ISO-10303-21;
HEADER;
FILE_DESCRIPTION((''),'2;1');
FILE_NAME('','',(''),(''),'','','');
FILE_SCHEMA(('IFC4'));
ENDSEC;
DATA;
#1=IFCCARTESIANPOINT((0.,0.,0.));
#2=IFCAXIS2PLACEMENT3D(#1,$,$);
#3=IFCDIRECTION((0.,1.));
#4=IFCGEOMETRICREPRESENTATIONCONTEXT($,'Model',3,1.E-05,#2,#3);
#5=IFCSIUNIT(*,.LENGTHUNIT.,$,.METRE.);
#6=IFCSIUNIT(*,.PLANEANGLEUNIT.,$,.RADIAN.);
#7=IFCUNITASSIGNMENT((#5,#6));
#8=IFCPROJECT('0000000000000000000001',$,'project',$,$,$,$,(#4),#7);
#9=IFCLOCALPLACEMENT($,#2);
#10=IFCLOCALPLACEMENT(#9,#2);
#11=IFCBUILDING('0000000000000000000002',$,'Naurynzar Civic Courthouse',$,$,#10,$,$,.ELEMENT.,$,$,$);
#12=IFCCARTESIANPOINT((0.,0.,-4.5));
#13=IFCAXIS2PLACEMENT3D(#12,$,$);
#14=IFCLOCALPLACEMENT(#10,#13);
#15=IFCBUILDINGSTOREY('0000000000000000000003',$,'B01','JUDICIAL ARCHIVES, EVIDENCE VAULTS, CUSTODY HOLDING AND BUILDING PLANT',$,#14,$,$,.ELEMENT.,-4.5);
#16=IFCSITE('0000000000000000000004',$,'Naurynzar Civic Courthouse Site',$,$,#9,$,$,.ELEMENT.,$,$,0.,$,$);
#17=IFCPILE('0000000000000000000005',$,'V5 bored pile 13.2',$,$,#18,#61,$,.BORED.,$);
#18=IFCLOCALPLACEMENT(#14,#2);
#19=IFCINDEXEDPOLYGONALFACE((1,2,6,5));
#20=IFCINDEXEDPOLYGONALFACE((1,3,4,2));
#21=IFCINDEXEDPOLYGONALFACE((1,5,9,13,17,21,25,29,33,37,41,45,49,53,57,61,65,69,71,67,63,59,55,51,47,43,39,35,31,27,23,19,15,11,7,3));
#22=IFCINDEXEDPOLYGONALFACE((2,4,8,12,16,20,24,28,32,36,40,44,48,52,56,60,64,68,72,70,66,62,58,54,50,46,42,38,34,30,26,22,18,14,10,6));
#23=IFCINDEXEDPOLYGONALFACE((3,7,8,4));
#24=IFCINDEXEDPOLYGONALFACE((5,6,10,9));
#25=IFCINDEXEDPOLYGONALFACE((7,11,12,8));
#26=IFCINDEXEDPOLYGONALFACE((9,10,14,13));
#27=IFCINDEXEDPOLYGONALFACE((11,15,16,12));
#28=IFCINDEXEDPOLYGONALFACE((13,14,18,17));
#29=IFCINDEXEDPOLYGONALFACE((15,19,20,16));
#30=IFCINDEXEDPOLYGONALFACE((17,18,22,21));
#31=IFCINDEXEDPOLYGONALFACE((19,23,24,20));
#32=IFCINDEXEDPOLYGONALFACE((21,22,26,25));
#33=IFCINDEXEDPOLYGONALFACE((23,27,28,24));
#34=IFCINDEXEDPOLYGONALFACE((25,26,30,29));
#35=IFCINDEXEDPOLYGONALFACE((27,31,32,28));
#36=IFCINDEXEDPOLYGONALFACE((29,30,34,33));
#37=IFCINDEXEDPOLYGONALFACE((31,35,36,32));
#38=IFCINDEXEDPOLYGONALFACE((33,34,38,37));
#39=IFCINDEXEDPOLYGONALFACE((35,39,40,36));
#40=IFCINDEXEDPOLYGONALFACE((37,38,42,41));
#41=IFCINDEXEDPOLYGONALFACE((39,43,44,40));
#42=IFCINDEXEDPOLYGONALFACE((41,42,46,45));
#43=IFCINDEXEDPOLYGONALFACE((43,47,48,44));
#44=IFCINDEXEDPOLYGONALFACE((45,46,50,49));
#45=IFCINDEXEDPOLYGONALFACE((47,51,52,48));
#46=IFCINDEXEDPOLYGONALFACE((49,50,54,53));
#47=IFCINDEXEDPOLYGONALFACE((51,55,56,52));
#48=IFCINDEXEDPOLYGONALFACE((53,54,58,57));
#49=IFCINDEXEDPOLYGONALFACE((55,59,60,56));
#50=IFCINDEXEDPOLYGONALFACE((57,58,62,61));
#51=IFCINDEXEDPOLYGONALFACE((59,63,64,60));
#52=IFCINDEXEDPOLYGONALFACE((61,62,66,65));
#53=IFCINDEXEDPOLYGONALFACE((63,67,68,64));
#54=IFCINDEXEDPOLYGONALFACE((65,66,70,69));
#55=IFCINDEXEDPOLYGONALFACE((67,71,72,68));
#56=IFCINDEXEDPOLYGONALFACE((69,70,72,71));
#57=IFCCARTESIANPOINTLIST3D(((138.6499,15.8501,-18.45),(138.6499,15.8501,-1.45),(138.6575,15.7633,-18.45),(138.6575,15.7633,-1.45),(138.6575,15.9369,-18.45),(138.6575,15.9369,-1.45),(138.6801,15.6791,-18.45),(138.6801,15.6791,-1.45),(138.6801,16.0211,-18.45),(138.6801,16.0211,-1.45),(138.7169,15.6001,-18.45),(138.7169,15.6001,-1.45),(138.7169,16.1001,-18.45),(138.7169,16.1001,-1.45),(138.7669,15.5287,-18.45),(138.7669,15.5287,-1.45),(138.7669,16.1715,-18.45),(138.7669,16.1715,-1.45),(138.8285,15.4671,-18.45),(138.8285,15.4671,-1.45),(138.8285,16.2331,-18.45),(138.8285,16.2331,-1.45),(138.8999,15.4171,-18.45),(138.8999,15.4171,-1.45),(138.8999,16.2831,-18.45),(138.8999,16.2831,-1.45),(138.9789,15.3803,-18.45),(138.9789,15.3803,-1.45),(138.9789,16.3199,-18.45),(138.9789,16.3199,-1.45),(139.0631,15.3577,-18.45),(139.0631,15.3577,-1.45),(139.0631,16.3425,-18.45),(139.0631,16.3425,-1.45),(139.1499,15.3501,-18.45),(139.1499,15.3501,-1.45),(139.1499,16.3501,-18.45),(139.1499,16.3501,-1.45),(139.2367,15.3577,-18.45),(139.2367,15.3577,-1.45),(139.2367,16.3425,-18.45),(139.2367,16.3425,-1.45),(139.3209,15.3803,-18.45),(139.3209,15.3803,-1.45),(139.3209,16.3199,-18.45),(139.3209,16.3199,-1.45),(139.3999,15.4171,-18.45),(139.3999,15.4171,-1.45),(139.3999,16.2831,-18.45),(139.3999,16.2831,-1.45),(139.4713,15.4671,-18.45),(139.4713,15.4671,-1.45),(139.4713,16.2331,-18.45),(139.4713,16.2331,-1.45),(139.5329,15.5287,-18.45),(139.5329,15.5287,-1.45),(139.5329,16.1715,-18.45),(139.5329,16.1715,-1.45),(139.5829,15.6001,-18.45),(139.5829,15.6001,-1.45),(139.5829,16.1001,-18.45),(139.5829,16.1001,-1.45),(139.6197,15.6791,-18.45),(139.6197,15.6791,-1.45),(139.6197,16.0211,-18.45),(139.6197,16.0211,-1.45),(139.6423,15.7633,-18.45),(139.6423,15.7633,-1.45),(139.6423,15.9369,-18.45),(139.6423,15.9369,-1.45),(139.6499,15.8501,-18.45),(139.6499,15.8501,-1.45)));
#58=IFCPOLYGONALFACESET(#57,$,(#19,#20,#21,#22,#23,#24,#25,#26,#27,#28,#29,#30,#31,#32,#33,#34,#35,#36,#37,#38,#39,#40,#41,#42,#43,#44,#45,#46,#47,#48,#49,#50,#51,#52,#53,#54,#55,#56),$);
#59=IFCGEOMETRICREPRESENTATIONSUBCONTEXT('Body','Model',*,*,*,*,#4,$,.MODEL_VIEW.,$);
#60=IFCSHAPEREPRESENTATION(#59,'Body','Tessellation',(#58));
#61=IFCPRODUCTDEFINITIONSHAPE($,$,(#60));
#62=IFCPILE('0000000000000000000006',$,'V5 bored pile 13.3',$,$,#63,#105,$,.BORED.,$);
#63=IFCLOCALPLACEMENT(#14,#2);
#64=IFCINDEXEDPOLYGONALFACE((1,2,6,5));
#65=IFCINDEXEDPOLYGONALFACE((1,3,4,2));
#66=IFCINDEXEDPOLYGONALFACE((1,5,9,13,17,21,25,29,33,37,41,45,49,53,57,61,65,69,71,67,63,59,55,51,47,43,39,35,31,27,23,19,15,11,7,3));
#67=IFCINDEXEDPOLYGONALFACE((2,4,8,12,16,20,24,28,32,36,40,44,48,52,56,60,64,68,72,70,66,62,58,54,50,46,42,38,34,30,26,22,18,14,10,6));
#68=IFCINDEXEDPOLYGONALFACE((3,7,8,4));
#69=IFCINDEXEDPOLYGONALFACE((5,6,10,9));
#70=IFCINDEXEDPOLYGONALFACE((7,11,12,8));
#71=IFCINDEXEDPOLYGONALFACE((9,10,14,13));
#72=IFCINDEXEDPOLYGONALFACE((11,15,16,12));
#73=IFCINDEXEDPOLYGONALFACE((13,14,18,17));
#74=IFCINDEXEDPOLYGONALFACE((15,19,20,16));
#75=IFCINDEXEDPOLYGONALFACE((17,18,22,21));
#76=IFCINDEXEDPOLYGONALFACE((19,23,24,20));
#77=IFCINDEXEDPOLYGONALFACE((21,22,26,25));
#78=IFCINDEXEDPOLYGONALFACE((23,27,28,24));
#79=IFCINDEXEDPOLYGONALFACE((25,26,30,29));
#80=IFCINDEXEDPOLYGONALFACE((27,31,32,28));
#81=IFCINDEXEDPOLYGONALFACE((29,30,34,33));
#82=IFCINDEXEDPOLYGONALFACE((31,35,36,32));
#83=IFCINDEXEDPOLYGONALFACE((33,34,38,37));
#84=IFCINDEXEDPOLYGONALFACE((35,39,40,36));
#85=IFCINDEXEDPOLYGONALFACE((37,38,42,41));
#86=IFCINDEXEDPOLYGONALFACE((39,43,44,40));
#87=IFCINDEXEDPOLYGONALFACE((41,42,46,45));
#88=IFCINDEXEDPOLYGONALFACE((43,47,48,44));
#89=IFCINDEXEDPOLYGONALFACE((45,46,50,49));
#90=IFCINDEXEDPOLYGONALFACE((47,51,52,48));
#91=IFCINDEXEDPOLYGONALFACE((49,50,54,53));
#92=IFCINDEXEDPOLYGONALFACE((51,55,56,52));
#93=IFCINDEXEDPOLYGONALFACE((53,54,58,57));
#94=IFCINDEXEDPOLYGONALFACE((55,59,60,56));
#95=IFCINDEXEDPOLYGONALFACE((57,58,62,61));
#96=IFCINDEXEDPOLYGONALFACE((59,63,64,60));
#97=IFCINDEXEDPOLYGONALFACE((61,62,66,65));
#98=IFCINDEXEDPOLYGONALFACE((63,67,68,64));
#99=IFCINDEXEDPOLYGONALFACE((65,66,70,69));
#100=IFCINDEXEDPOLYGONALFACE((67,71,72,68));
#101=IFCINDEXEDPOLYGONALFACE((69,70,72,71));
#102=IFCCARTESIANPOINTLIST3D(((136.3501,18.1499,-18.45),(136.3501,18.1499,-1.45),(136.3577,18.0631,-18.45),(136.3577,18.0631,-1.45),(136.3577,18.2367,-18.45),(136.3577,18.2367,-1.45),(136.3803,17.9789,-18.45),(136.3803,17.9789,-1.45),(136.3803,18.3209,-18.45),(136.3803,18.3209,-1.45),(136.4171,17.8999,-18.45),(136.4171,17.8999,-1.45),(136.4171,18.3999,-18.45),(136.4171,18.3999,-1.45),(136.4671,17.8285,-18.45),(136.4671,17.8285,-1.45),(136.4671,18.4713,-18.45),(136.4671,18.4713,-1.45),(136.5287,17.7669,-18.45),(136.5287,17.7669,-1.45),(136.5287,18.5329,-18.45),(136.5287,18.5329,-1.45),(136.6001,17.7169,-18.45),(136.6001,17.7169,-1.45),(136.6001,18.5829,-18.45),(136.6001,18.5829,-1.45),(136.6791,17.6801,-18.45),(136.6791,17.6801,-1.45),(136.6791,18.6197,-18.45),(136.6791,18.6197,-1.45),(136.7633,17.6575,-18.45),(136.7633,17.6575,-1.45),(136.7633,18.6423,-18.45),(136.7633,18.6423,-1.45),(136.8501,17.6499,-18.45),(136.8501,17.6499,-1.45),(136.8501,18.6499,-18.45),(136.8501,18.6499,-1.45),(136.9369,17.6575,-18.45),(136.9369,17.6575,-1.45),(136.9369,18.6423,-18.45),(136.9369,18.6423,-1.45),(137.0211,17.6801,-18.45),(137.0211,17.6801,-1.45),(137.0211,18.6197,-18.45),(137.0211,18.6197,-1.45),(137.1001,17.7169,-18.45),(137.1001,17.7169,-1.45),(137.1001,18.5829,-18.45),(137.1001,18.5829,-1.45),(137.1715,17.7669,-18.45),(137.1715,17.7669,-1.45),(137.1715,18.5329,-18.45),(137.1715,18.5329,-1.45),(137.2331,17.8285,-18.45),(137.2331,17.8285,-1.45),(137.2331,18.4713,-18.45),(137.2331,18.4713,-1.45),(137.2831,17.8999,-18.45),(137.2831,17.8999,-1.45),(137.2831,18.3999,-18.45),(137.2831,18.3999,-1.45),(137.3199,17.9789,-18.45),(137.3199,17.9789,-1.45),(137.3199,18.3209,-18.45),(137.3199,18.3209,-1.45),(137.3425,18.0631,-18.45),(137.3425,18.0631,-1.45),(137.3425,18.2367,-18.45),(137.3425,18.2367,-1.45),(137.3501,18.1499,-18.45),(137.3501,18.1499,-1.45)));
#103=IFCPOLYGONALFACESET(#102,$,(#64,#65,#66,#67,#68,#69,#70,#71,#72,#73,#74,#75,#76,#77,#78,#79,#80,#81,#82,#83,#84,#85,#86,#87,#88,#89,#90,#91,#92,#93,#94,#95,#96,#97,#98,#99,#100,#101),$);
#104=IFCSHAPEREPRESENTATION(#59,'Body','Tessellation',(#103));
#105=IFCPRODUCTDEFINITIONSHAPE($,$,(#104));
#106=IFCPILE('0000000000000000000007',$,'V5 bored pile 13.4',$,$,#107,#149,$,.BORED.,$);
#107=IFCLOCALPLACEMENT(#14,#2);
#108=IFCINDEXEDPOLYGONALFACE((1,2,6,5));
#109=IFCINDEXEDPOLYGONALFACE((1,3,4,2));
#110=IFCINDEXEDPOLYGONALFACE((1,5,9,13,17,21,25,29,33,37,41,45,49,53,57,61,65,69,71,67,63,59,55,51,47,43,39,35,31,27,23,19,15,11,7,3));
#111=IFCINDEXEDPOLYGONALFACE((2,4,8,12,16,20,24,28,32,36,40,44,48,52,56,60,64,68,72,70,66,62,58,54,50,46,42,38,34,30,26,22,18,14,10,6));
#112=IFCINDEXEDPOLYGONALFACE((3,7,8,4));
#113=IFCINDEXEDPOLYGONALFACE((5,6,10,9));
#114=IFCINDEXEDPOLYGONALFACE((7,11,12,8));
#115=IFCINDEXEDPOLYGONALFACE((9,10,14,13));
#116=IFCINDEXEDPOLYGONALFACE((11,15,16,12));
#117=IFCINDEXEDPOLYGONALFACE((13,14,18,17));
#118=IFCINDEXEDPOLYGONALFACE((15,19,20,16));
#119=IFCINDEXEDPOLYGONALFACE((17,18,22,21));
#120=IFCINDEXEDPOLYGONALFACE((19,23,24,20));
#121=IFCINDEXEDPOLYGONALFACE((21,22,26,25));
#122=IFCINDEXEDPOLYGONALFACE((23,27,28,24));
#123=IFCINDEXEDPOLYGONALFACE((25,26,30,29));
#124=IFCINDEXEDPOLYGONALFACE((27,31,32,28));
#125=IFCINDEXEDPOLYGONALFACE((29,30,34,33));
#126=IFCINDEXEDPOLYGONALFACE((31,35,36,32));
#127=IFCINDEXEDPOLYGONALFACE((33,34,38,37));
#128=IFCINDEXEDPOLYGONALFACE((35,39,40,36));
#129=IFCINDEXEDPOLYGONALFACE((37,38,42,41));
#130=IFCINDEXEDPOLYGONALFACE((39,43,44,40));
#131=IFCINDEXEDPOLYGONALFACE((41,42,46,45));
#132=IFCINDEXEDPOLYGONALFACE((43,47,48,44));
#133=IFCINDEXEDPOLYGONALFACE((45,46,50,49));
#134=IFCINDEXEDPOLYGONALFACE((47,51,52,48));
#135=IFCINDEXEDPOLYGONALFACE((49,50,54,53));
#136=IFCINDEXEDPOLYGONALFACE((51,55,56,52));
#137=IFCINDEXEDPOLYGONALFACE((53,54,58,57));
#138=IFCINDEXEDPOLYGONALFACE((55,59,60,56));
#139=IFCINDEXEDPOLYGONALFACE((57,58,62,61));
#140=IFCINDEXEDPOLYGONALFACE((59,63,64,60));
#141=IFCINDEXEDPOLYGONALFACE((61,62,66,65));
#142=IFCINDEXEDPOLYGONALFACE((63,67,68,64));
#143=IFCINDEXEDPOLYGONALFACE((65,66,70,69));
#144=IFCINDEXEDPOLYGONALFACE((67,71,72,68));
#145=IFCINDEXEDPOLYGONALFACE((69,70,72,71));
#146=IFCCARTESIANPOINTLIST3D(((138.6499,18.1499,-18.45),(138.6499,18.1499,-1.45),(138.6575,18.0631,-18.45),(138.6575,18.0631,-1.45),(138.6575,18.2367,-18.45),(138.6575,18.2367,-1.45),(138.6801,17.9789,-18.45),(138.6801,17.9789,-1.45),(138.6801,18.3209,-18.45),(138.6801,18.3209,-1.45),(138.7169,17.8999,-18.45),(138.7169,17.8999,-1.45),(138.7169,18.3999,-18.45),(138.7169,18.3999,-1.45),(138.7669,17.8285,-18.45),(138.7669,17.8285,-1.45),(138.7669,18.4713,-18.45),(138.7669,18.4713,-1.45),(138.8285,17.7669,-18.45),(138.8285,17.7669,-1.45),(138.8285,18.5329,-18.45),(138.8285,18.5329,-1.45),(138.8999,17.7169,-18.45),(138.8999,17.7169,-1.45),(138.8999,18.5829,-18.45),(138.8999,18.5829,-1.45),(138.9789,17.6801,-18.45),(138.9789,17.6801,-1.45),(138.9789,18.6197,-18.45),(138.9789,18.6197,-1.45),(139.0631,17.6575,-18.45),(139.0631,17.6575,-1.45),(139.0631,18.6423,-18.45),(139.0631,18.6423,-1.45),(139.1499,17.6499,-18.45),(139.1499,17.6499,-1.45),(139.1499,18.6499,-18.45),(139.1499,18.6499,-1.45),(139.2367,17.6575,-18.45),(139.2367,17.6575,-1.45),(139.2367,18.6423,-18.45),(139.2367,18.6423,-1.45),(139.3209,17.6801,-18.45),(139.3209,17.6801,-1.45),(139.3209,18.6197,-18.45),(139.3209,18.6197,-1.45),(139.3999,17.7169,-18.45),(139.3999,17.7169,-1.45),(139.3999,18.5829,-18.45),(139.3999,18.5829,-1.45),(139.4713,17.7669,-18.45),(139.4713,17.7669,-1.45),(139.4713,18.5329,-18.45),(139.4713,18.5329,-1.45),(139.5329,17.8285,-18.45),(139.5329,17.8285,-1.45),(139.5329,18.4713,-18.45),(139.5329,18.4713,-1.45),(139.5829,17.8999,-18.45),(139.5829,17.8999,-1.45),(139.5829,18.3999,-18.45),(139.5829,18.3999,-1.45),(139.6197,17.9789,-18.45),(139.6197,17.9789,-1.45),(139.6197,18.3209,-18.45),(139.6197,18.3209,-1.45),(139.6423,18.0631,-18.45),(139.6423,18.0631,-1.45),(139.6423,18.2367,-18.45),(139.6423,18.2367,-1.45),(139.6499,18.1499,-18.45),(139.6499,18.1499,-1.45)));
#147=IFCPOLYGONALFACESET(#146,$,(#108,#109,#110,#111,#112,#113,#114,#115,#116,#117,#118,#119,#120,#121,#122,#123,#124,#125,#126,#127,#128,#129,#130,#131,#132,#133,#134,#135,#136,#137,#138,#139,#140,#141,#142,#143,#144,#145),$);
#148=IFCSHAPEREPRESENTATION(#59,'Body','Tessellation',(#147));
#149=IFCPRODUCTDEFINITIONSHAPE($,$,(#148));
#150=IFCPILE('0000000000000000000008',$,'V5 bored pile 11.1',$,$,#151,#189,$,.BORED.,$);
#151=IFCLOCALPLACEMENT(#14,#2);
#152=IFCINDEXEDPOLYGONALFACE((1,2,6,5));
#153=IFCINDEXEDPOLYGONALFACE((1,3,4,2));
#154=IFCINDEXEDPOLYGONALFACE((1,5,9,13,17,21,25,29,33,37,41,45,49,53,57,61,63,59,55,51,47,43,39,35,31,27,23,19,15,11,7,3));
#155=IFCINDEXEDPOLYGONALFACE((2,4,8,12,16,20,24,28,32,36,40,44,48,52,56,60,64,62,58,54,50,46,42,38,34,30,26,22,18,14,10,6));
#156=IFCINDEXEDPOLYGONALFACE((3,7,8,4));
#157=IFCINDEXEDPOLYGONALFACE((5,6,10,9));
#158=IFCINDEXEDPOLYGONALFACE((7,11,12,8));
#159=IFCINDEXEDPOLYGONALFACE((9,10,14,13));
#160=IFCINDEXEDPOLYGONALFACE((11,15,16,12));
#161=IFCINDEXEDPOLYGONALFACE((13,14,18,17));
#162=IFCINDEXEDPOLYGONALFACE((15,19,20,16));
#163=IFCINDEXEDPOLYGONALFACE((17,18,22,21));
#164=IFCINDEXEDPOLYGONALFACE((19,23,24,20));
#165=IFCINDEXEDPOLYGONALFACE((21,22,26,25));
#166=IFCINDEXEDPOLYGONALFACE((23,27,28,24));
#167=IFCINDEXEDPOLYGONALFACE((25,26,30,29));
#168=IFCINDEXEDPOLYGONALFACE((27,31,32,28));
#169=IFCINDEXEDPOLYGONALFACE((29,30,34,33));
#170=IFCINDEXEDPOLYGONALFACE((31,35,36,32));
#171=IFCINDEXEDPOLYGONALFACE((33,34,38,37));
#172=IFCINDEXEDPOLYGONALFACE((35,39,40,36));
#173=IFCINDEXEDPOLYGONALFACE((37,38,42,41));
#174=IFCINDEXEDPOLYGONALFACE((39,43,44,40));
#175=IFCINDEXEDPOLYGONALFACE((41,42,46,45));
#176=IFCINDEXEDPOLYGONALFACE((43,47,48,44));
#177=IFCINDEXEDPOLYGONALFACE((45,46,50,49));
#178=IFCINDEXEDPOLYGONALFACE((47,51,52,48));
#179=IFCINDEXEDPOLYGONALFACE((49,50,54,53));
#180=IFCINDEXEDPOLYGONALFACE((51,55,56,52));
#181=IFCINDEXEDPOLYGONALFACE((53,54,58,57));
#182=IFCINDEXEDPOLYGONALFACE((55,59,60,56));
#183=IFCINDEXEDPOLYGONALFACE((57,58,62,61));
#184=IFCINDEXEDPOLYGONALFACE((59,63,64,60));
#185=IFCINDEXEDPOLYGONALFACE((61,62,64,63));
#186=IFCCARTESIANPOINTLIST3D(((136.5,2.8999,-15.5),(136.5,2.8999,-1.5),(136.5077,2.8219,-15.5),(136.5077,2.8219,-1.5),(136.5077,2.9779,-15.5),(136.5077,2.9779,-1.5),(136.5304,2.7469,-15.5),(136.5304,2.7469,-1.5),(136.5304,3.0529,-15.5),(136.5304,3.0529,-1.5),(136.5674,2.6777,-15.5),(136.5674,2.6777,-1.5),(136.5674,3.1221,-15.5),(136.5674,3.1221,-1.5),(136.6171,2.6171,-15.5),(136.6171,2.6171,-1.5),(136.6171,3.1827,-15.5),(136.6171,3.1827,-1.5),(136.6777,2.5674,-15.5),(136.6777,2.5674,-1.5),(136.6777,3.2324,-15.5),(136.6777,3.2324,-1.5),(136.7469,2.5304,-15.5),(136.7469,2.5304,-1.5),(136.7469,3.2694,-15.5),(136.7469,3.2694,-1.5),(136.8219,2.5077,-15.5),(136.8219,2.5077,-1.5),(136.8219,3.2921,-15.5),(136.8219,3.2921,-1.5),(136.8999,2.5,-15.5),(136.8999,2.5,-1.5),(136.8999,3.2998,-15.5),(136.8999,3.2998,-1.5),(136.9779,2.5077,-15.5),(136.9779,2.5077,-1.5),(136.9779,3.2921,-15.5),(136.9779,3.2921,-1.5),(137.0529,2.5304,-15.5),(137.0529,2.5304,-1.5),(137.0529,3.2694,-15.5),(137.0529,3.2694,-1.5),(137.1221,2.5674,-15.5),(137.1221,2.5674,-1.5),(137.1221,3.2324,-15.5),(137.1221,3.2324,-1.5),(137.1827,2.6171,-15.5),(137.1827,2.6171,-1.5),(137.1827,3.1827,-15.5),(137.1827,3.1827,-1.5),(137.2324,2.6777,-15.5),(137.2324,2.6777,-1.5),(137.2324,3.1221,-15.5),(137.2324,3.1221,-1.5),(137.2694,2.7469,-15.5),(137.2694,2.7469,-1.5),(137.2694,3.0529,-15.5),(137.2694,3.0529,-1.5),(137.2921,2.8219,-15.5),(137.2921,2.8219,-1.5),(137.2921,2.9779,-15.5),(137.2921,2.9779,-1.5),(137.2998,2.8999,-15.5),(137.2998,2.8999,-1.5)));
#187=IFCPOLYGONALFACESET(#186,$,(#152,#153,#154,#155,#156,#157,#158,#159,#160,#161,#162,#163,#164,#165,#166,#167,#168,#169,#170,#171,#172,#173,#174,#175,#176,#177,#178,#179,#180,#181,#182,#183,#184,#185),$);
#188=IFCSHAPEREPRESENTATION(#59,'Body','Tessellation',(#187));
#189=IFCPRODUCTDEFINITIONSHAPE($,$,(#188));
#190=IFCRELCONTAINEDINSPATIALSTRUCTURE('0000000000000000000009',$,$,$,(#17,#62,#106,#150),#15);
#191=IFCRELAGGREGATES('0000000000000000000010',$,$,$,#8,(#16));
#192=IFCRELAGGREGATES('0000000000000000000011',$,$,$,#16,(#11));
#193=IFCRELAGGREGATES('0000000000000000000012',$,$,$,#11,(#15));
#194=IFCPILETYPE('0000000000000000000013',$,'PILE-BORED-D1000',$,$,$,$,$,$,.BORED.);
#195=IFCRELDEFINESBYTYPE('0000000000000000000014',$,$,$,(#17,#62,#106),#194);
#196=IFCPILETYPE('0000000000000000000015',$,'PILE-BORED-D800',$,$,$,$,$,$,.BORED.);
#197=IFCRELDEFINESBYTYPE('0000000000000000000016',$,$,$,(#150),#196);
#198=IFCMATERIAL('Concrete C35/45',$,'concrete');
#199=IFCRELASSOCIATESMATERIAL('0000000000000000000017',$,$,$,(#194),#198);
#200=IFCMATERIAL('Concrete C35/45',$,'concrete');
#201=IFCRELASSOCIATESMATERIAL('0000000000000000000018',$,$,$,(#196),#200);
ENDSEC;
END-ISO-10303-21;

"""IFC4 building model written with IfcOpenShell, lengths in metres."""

from ifc_helpers import new_model, si_unit, direction, frame, origin, origin_2d, place, context, subcontext, project, spatial, circle, extrude, material, material_profile, profile_set, type_object, element, save


model = new_model("IFC4")

# Units and contexts
model_context = context("Model", 3, precision=1e-05, world=origin(), true_north=direction((0.0, 1.0)))
body_context = subcontext(model_context, "Body", "Model", "MODEL_VIEW")
ifc_project = project(units=[si_unit("LENGTHUNIT", "METRE"), si_unit("PLANEANGLEUNIT", "RADIAN")], contexts=[model_context])

# Site, building, storey
site_placement = place(None, origin())
site = spatial("IfcSite", under=ifc_project, at=site_placement, Name="Naurynzar Civic Courthouse Site", CompositionType="ELEMENT", RefElevation=0.0)
building_placement = place(site_placement, origin())
building = spatial("IfcBuilding", under=site, at=building_placement, Name="Naurynzar Civic Courthouse", CompositionType="ELEMENT")
storey_placement = place(building_placement, frame((0.0, 0.0, -4.5)))
storey = spatial("IfcBuildingStorey", under=building, at=storey_placement, Name="B01", Description="JUDICIAL ARCHIVES, EVIDENCE VAULTS, CUSTODY HOLDING AND BUILDING PLANT", CompositionType="ELEMENT", Elevation=-4.5)

# Piles
ifc_material_1 = material(Name="Concrete C35/45", Category="concrete")
ifc_material_profile_1 = material_profile(ifc_material_1, circle(Radius=0.5, at=origin_2d()), Name="PILE D1000")
ifc_profile_set_1 = profile_set([ifc_material_profile_1], Name="Concrete C35/45")
pile_type_1 = type_object("IfcPileType", Name="PILE-BORED-D1000", PredefinedType="BORED", material=ifc_profile_set_1)
for number, where, z_axis, x_axis, name in (
    (1, (139.1499, 15.8501, -1.45), (0.0, 0.0, -1.0), (1.0, 0.0, 0.0), "V5 bored pile 13.2"),
    (2, (136.8501, 18.1499, -1.45), (0.0, 0.0, -1.0), (1.0, 0.0, 0.0), "V5 bored pile 13.3"),
    (3, (139.1499, 18.1499, -1.45), (0.0, 0.0, -1.0), (1.0, 0.0, 0.0), "V5 bored pile 13.4"),
):
    element("IfcPile", number, at=place(storey_placement, frame(where, z_axis=z_axis, x_axis=x_axis)), inside=storey, type_object=pile_type_1, Name=name, PredefinedType="BORED", context=body_context, shape_type="SweptSolid", body=[
        extrude(circle(Radius=0.5, at=origin_2d()), origin(), (0.0, 0.0, 1.0), 17.0),
    ])
ifc_material_2 = material(Name="Concrete C35/45", Category="concrete")
ifc_material_profile_2 = material_profile(ifc_material_2, circle(Radius=0.3999, at=origin_2d()), Name="PILE D800")
ifc_profile_set_2 = profile_set([ifc_material_profile_2], Name="Concrete C35/45")
pile_type_2 = type_object("IfcPileType", Name="PILE-BORED-D800", PredefinedType="BORED", material=ifc_profile_set_2)
for number, where, z_axis, x_axis, name in (
    (4, (136.8999, 2.8999, -1.5), (0.0, 0.0, -1.0), (1.0, 0.0, 0.0), "V5 bored pile 11.1"),
):
    element("IfcPile", number, at=place(storey_placement, frame(where, z_axis=z_axis, x_axis=x_axis)), inside=storey, type_object=pile_type_2, Name=name, PredefinedType="BORED", context=body_context, shape_type="SweptSolid", body=[
        extrude(circle(Radius=0.3999, at=origin_2d()), origin(), (0.0, 0.0, 1.0), 14.0),
    ])

save(model, "model.ifc")
